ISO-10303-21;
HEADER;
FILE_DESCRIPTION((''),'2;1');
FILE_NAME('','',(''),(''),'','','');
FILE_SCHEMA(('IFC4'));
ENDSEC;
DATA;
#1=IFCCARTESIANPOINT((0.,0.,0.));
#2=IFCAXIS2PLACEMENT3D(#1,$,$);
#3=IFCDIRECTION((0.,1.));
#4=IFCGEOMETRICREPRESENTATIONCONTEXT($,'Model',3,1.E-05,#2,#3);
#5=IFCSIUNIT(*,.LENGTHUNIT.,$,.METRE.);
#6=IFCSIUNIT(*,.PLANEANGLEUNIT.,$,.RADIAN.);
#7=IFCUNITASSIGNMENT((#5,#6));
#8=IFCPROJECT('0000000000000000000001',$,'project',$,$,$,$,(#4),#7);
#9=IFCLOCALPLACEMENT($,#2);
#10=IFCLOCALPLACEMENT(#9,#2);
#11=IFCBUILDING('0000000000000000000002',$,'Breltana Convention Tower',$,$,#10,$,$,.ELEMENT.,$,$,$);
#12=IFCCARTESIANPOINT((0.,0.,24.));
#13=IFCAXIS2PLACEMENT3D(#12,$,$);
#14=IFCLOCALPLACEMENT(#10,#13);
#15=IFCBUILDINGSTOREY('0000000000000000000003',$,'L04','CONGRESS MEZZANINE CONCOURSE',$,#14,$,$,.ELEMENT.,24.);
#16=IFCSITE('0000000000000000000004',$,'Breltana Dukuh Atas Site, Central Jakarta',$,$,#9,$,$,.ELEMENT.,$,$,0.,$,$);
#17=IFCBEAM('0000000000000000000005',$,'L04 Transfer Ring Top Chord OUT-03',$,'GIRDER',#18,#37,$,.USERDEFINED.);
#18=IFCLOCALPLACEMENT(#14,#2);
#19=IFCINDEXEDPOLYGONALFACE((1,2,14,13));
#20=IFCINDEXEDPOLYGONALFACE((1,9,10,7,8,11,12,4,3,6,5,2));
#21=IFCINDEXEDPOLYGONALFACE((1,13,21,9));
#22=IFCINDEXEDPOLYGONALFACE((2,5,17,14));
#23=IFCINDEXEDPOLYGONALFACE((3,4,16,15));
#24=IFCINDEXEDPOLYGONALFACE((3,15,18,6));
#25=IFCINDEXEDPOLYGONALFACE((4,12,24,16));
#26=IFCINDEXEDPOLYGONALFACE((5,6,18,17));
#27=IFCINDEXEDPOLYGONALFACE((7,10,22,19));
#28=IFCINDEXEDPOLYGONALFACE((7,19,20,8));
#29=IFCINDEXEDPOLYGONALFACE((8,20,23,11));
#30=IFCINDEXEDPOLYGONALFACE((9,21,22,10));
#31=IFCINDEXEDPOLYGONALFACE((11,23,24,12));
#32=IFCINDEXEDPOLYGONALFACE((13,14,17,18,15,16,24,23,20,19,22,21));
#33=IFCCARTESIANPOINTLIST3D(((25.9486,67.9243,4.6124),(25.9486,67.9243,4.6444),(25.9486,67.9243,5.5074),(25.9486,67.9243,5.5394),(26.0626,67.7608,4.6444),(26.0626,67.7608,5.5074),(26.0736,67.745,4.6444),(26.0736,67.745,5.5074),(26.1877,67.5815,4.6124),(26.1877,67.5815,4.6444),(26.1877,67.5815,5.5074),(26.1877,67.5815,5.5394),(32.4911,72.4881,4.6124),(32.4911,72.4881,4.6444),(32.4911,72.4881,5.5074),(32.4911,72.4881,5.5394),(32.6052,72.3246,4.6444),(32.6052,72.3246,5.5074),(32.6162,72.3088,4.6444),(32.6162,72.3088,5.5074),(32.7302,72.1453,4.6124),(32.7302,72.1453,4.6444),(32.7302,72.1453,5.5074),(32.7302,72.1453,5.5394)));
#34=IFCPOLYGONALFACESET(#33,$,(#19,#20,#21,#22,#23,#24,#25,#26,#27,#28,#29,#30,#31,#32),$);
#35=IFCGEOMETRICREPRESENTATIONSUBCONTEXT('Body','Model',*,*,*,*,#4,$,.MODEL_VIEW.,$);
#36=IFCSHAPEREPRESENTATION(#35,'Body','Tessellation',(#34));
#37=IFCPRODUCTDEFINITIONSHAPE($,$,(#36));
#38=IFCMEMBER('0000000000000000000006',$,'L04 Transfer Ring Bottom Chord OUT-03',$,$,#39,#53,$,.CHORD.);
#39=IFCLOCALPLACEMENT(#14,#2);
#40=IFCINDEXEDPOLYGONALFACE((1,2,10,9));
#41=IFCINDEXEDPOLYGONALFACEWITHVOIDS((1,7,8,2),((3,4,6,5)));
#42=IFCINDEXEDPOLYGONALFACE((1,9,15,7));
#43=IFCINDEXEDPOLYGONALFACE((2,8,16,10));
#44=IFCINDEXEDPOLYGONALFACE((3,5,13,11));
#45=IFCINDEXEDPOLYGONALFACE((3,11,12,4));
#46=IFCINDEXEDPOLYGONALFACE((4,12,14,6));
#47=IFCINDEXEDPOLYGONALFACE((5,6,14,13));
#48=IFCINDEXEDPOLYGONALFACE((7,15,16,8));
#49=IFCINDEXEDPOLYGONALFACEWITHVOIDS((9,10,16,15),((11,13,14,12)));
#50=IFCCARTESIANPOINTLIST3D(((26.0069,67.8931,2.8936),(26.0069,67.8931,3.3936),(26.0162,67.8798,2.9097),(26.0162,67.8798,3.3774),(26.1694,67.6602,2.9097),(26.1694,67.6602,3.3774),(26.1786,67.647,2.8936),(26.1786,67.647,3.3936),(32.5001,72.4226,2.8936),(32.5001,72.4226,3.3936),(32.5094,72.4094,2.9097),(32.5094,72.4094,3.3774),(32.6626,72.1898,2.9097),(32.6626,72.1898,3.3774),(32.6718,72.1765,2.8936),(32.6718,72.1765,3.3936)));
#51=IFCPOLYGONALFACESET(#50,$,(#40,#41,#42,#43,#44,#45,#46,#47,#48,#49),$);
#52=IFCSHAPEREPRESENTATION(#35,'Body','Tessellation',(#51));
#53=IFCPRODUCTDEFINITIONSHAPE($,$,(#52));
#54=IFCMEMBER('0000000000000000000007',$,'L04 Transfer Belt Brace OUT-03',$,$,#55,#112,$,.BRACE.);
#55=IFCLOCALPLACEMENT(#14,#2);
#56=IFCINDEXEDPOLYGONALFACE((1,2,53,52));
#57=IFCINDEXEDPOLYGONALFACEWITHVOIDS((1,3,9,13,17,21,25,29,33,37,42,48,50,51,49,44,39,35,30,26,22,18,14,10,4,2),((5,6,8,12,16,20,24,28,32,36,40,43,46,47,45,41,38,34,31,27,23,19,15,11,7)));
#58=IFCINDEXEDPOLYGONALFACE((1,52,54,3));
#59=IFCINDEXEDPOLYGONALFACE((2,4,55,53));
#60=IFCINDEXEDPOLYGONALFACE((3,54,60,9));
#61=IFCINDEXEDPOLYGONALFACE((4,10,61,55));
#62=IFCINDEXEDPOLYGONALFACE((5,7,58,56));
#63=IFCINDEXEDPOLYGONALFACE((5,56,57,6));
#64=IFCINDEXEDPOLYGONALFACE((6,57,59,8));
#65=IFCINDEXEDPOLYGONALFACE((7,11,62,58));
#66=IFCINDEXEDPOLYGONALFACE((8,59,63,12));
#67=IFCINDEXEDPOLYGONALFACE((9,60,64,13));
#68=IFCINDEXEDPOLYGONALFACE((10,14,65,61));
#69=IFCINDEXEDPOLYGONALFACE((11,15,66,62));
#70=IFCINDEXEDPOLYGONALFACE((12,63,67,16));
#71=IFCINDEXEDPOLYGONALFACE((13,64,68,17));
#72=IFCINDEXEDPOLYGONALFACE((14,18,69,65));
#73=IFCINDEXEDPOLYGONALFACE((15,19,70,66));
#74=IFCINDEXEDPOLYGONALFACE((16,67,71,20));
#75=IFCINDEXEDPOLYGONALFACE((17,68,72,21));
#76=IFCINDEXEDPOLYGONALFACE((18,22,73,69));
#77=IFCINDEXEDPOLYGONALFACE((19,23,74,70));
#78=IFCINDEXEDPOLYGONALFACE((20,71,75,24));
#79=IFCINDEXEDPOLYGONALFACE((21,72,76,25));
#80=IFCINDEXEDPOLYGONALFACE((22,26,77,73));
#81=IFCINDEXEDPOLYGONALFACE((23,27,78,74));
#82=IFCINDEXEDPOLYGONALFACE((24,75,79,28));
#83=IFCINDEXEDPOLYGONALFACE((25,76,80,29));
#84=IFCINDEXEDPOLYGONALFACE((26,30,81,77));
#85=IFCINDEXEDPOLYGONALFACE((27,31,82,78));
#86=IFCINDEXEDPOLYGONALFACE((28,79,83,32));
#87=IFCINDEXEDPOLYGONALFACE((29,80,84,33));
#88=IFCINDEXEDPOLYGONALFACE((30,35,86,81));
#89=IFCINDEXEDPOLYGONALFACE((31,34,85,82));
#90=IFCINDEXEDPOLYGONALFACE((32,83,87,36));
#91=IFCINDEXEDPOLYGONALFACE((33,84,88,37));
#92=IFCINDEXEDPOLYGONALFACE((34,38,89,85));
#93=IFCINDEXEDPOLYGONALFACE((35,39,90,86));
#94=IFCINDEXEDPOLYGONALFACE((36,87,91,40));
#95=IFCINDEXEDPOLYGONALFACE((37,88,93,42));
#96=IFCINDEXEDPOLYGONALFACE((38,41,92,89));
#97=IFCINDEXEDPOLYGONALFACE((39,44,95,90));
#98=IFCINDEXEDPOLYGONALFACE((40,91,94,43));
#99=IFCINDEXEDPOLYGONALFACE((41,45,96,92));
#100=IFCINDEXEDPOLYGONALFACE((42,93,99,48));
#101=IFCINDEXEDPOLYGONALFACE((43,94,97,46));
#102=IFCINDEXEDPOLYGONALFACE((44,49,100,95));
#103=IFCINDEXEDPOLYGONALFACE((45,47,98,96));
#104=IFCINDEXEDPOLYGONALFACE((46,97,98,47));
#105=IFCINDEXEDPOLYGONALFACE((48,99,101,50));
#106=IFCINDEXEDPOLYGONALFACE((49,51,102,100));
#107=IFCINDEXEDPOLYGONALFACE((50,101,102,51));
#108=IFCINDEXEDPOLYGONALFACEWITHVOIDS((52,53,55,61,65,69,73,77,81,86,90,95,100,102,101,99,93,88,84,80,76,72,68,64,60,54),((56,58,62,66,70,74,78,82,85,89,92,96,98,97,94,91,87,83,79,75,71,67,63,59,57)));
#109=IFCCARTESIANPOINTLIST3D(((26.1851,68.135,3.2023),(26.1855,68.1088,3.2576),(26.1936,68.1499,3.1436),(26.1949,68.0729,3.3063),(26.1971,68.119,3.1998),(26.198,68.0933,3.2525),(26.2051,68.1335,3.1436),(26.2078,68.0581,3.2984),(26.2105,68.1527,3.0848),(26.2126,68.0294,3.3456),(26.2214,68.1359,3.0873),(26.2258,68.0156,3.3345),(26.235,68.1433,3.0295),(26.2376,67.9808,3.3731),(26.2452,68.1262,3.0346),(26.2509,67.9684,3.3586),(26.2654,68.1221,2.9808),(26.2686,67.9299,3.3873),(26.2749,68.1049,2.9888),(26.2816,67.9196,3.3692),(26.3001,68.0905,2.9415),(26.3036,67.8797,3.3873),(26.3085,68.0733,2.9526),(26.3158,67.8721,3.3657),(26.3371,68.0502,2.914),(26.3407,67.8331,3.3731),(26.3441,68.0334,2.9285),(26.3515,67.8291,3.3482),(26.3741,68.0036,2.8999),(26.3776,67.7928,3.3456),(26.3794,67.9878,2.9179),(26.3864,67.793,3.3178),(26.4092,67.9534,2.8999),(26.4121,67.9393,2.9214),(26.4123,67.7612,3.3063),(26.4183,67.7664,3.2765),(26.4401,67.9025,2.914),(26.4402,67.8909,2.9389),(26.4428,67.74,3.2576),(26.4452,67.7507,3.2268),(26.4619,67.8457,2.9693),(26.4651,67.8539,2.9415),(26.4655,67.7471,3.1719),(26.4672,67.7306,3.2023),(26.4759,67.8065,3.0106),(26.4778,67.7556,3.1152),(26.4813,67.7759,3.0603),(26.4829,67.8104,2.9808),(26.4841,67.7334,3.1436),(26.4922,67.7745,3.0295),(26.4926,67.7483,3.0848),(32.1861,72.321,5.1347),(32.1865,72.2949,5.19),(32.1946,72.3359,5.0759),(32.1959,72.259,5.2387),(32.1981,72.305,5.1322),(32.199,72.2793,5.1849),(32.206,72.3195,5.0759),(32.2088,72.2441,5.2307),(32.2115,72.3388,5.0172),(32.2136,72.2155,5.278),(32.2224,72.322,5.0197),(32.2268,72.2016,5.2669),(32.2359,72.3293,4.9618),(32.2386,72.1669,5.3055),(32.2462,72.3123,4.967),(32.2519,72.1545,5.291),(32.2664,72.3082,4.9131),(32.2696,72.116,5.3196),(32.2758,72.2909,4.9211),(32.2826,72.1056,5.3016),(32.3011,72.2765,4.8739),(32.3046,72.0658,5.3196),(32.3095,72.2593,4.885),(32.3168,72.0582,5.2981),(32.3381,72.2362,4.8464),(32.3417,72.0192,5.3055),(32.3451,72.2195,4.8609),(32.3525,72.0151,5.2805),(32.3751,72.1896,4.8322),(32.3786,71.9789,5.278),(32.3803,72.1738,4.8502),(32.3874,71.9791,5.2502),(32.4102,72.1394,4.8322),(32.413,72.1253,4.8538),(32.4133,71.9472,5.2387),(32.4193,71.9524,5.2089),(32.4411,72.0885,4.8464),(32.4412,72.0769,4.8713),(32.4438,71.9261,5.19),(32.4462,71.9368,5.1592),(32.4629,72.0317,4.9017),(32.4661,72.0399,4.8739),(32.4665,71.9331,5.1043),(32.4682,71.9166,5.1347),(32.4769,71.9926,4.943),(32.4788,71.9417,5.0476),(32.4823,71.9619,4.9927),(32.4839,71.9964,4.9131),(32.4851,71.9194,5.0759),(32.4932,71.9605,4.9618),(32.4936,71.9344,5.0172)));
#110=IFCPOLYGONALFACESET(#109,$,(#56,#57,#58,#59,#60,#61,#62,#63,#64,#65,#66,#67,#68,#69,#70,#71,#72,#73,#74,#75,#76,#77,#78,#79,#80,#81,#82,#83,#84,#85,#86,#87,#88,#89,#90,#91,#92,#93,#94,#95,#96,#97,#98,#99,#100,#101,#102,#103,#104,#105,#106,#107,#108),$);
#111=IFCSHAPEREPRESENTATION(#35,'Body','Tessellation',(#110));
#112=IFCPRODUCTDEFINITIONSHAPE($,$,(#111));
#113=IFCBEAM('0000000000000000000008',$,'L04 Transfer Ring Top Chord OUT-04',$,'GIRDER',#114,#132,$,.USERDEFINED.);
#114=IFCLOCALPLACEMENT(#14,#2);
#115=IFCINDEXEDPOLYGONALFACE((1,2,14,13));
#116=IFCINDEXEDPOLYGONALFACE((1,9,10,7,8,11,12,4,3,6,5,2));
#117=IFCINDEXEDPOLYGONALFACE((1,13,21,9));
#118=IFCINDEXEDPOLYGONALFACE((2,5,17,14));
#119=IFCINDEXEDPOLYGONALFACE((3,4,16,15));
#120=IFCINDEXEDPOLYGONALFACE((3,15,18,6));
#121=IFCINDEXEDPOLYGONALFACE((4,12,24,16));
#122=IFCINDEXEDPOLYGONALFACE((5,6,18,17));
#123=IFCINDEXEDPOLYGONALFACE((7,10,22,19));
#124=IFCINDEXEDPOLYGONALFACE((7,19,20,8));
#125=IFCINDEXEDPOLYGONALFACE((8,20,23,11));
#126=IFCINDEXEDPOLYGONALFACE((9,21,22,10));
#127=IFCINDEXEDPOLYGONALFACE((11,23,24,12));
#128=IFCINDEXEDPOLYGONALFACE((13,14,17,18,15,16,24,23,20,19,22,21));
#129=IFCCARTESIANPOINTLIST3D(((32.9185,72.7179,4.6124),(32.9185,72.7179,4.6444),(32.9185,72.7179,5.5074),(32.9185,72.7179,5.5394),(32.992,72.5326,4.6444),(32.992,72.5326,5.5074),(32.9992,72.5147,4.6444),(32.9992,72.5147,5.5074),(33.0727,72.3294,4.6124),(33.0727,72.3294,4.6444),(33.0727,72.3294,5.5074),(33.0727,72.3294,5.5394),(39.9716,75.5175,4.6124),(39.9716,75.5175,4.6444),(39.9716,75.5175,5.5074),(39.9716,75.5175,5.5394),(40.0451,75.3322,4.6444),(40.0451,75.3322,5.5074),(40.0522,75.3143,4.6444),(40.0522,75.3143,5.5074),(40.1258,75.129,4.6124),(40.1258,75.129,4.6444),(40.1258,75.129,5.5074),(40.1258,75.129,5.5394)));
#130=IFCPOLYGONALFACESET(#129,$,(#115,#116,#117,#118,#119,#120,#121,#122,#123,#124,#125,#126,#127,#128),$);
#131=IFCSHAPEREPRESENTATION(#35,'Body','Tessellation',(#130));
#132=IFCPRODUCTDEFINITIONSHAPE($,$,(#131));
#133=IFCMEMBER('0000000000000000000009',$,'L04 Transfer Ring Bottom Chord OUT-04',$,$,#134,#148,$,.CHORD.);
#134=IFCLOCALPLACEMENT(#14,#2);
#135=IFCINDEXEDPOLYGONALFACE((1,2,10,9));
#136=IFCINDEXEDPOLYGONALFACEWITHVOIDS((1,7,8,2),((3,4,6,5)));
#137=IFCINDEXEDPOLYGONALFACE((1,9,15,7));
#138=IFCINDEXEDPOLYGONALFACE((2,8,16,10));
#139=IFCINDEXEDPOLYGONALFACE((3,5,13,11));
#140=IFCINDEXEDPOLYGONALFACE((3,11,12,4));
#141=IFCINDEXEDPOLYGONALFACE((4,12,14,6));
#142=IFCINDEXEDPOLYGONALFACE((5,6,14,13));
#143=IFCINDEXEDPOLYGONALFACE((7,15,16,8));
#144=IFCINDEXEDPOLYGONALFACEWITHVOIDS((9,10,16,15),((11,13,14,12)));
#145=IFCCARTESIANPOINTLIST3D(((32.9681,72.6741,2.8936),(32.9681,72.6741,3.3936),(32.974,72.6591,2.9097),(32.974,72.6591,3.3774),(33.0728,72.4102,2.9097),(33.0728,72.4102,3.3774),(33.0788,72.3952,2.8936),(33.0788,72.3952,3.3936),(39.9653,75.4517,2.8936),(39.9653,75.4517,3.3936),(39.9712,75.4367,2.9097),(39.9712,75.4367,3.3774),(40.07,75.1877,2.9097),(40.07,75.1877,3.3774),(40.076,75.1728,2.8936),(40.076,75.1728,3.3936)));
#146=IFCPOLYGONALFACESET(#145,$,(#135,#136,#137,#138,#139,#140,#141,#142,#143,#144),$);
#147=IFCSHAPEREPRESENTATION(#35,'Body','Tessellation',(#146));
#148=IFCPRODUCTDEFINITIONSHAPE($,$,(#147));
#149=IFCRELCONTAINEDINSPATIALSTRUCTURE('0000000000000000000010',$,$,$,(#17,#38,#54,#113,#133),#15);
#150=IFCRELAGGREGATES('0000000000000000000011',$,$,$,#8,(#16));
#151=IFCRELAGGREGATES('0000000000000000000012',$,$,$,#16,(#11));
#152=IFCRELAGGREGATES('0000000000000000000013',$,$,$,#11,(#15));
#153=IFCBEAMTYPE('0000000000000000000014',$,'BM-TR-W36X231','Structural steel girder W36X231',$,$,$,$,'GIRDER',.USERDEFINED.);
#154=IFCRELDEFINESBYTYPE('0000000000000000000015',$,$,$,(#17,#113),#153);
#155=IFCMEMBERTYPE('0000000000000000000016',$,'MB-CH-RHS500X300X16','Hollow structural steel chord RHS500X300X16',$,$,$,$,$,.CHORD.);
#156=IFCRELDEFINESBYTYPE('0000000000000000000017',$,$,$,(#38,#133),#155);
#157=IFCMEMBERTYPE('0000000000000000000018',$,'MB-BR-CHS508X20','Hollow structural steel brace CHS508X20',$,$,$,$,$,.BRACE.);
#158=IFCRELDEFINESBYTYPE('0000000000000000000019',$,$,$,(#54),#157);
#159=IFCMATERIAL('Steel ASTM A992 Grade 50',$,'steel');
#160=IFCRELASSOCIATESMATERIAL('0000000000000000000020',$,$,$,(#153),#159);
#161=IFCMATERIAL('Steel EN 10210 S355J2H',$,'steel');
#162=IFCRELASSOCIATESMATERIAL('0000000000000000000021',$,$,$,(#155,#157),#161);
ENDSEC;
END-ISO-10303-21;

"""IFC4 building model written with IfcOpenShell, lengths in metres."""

from ifc_helpers import new_model, si_unit, direction, frame, origin, origin_2d, place, context, subcontext, project, spatial, hollow_rectangle, hollow_circle, i_section, extrude, source, transform, mapped, material, material_profile, profile_set, type_object, element, save


model = new_model("IFC4")

# Units and contexts
model_context = context("Model", 3, precision=1e-05, world=origin(), true_north=direction((0.0, 1.0)))
body_context = subcontext(model_context, "Body", "Model", "MODEL_VIEW")
ifc_project = project(units=[si_unit("LENGTHUNIT", "METRE"), si_unit("PLANEANGLEUNIT", "RADIAN")], contexts=[model_context])

# Site, building, storey
site_placement = place(None, origin())
site = spatial("IfcSite", under=ifc_project, at=site_placement, Name="Breltana Dukuh Atas Site, Central Jakarta", CompositionType="ELEMENT", RefElevation=0.0)
building_placement = place(site_placement, origin())
building = spatial("IfcBuilding", under=site, at=building_placement, Name="Breltana Convention Tower", CompositionType="ELEMENT")
storey_placement = place(building_placement, frame((0.0, 0.0, 24.0)))
storey = spatial("IfcBuildingStorey", under=building, at=storey_placement, Name="L04", Description="CONGRESS MEZZANINE CONCOURSE", CompositionType="ELEMENT", Elevation=24.0)

# Shared definitions
ifc_material_1 = material(Name="Steel ASTM A992 Grade 50", Category="steel")
ifc_material_2 = material(Name="Steel EN 10210 S355J2H", Category="steel")

# Shared definitions
ifc_material_profile_1 = material_profile(ifc_material_1, i_section(OverallWidth=0.418, OverallDepth=0.927, WebThickness=0.0193, FlangeThickness=0.032, at=origin_2d()), Name="W36X231")
ifc_profile_set_1 = profile_set([ifc_material_profile_1], Name="Steel ASTM A992 Grade 50")
beam_type_1 = type_object("IfcBeamType", Name="BM-TR-W36X231", Description="Structural steel girder W36X231", ElementType="GIRDER", PredefinedType="USERDEFINED", material=ifc_profile_set_1)

# Beam
shared_shape_1 = source(origin(), body_context, "Body", "SweptSolid", [
    extrude(i_section(OverallWidth=0.418, OverallDepth=0.927, WebThickness=0.0193, FlangeThickness=0.032, at=origin_2d()), origin(), (0.0, 0.0, 1.0), 7.9771),
])
beam_1_placement = place(storey_placement, frame((26.0681, 67.7529, 5.0759), z_axis=(0.820174, 0.572114, 0.0), x_axis=(-0.572114, 0.820174, 0.0)))
element("IfcBeam", 1, at=beam_1_placement, inside=storey, type_object=beam_type_1, Name="L04 Transfer Ring Top Chord OUT-03", ObjectType="GIRDER", PredefinedType="USERDEFINED", context=body_context, shape_type="MappedRepresentation", body=[
    mapped(shared_shape_1, transform((0.0, 0.0, 0.0), scale=1.0)),
])

# Members
ifc_material_profile_2 = material_profile(ifc_material_2, hollow_rectangle(XDim=0.3, YDim=0.5, WallThickness=0.0161, at=origin_2d()), Name="RHS500X300X16")
ifc_profile_set_2 = profile_set([ifc_material_profile_2], Name="Steel EN 10210 S355J2H")
member_type_1 = type_object("IfcMemberType", Name="MB-CH-RHS500X300X16", Description="Hollow structural steel chord RHS500X300X16", PredefinedType="CHORD", material=ifc_profile_set_2)
shared_shape_2 = source(origin(), body_context, "Body", "SweptSolid", [
    extrude(hollow_rectangle(XDim=0.3, YDim=0.5, WallThickness=0.0161, at=origin_2d()), origin(), (0.0, 0.0, 1.0), 7.917),
])
member_1_placement = place(storey_placement, frame((26.0928, 67.77, 3.1436), z_axis=(0.820161, 0.572133, 0.0), x_axis=(-0.572133, 0.820161, 0.0)))
element("IfcMember", 2, at=member_1_placement, inside=storey, type_object=member_type_1, Name="L04 Transfer Ring Bottom Chord OUT-03", PredefinedType="CHORD", context=body_context, shape_type="MappedRepresentation", body=[
    mapped(shared_shape_2, transform((0.0, 0.0, 0.0), scale=1.0)),
])
ifc_material_profile_3 = material_profile(ifc_material_2, hollow_circle(Radius=0.2539, WallThickness=0.02, at=origin_2d()), Name="CHS508X20")
ifc_profile_set_3 = profile_set([ifc_material_profile_3], Name="Steel EN 10210 S355J2H")
member_type_2 = type_object("IfcMemberType", Name="MB-BR-CHS508X20", Description="Hollow structural steel brace CHS508X20", PredefinedType="BRACE", material=ifc_profile_set_3)
shared_shape_3 = source(origin(), body_context, "Body", "SweptSolid", [
    extrude(hollow_circle(Radius=0.2539, WallThickness=0.02, at=origin_2d()), origin(), (0.0, 0.0, 1.0), 7.5676),
])
member_2_placement = place(storey_placement, frame((26.3389, 67.9417, 3.1436), z_axis=(0.792982, 0.553152, 0.255348), x_axis=(-0.572118, 0.820171, 0.0)))
element("IfcMember", 3, at=member_2_placement, inside=storey, type_object=member_type_2, Name="L04 Transfer Belt Brace OUT-03", PredefinedType="BRACE", context=body_context, shape_type="MappedRepresentation", body=[
    mapped(shared_shape_3, transform((0.0, 0.0, 0.0), scale=1.0)),
])

# Beam
shared_shape_4 = source(origin(), body_context, "Body", "SweptSolid", [
    extrude(i_section(OverallWidth=0.418, OverallDepth=0.927, WebThickness=0.0193, FlangeThickness=0.032, at=origin_2d()), origin(), (0.0, 0.0, 1.0), 7.5884),
])
beam_2_placement = place(storey_placement, frame((32.9956, 72.5237, 5.0759), z_axis=(0.929456, 0.368932, 0.0), x_axis=(-0.368932, 0.929456, 0.0)))
element("IfcBeam", 4, at=beam_2_placement, inside=storey, type_object=beam_type_1, Name="L04 Transfer Ring Top Chord OUT-04", ObjectType="GIRDER", PredefinedType="USERDEFINED", context=body_context, shape_type="MappedRepresentation", body=[
    mapped(shared_shape_4, transform((0.0, 0.0, 0.0), scale=1.0)),
])

# Member
shared_shape_5 = source(origin(), body_context, "Body", "SweptSolid", [
    extrude(hollow_rectangle(XDim=0.3, YDim=0.5, WallThickness=0.0161, at=origin_2d()), origin(), (0.0, 0.0, 1.0), 7.5283),
])
member_3_placement = place(storey_placement, frame((33.0234, 72.5347, 3.1436), z_axis=(0.929451, 0.368946, 0.0), x_axis=(-0.368946, 0.929451, 0.0)))
element("IfcMember", 5, at=member_3_placement, inside=storey, type_object=member_type_1, Name="L04 Transfer Ring Bottom Chord OUT-04", PredefinedType="CHORD", context=body_context, shape_type="MappedRepresentation", body=[
    mapped(shared_shape_5, transform((0.0, 0.0, 0.0), scale=1.0)),
])

save(model, "model.ifc")
